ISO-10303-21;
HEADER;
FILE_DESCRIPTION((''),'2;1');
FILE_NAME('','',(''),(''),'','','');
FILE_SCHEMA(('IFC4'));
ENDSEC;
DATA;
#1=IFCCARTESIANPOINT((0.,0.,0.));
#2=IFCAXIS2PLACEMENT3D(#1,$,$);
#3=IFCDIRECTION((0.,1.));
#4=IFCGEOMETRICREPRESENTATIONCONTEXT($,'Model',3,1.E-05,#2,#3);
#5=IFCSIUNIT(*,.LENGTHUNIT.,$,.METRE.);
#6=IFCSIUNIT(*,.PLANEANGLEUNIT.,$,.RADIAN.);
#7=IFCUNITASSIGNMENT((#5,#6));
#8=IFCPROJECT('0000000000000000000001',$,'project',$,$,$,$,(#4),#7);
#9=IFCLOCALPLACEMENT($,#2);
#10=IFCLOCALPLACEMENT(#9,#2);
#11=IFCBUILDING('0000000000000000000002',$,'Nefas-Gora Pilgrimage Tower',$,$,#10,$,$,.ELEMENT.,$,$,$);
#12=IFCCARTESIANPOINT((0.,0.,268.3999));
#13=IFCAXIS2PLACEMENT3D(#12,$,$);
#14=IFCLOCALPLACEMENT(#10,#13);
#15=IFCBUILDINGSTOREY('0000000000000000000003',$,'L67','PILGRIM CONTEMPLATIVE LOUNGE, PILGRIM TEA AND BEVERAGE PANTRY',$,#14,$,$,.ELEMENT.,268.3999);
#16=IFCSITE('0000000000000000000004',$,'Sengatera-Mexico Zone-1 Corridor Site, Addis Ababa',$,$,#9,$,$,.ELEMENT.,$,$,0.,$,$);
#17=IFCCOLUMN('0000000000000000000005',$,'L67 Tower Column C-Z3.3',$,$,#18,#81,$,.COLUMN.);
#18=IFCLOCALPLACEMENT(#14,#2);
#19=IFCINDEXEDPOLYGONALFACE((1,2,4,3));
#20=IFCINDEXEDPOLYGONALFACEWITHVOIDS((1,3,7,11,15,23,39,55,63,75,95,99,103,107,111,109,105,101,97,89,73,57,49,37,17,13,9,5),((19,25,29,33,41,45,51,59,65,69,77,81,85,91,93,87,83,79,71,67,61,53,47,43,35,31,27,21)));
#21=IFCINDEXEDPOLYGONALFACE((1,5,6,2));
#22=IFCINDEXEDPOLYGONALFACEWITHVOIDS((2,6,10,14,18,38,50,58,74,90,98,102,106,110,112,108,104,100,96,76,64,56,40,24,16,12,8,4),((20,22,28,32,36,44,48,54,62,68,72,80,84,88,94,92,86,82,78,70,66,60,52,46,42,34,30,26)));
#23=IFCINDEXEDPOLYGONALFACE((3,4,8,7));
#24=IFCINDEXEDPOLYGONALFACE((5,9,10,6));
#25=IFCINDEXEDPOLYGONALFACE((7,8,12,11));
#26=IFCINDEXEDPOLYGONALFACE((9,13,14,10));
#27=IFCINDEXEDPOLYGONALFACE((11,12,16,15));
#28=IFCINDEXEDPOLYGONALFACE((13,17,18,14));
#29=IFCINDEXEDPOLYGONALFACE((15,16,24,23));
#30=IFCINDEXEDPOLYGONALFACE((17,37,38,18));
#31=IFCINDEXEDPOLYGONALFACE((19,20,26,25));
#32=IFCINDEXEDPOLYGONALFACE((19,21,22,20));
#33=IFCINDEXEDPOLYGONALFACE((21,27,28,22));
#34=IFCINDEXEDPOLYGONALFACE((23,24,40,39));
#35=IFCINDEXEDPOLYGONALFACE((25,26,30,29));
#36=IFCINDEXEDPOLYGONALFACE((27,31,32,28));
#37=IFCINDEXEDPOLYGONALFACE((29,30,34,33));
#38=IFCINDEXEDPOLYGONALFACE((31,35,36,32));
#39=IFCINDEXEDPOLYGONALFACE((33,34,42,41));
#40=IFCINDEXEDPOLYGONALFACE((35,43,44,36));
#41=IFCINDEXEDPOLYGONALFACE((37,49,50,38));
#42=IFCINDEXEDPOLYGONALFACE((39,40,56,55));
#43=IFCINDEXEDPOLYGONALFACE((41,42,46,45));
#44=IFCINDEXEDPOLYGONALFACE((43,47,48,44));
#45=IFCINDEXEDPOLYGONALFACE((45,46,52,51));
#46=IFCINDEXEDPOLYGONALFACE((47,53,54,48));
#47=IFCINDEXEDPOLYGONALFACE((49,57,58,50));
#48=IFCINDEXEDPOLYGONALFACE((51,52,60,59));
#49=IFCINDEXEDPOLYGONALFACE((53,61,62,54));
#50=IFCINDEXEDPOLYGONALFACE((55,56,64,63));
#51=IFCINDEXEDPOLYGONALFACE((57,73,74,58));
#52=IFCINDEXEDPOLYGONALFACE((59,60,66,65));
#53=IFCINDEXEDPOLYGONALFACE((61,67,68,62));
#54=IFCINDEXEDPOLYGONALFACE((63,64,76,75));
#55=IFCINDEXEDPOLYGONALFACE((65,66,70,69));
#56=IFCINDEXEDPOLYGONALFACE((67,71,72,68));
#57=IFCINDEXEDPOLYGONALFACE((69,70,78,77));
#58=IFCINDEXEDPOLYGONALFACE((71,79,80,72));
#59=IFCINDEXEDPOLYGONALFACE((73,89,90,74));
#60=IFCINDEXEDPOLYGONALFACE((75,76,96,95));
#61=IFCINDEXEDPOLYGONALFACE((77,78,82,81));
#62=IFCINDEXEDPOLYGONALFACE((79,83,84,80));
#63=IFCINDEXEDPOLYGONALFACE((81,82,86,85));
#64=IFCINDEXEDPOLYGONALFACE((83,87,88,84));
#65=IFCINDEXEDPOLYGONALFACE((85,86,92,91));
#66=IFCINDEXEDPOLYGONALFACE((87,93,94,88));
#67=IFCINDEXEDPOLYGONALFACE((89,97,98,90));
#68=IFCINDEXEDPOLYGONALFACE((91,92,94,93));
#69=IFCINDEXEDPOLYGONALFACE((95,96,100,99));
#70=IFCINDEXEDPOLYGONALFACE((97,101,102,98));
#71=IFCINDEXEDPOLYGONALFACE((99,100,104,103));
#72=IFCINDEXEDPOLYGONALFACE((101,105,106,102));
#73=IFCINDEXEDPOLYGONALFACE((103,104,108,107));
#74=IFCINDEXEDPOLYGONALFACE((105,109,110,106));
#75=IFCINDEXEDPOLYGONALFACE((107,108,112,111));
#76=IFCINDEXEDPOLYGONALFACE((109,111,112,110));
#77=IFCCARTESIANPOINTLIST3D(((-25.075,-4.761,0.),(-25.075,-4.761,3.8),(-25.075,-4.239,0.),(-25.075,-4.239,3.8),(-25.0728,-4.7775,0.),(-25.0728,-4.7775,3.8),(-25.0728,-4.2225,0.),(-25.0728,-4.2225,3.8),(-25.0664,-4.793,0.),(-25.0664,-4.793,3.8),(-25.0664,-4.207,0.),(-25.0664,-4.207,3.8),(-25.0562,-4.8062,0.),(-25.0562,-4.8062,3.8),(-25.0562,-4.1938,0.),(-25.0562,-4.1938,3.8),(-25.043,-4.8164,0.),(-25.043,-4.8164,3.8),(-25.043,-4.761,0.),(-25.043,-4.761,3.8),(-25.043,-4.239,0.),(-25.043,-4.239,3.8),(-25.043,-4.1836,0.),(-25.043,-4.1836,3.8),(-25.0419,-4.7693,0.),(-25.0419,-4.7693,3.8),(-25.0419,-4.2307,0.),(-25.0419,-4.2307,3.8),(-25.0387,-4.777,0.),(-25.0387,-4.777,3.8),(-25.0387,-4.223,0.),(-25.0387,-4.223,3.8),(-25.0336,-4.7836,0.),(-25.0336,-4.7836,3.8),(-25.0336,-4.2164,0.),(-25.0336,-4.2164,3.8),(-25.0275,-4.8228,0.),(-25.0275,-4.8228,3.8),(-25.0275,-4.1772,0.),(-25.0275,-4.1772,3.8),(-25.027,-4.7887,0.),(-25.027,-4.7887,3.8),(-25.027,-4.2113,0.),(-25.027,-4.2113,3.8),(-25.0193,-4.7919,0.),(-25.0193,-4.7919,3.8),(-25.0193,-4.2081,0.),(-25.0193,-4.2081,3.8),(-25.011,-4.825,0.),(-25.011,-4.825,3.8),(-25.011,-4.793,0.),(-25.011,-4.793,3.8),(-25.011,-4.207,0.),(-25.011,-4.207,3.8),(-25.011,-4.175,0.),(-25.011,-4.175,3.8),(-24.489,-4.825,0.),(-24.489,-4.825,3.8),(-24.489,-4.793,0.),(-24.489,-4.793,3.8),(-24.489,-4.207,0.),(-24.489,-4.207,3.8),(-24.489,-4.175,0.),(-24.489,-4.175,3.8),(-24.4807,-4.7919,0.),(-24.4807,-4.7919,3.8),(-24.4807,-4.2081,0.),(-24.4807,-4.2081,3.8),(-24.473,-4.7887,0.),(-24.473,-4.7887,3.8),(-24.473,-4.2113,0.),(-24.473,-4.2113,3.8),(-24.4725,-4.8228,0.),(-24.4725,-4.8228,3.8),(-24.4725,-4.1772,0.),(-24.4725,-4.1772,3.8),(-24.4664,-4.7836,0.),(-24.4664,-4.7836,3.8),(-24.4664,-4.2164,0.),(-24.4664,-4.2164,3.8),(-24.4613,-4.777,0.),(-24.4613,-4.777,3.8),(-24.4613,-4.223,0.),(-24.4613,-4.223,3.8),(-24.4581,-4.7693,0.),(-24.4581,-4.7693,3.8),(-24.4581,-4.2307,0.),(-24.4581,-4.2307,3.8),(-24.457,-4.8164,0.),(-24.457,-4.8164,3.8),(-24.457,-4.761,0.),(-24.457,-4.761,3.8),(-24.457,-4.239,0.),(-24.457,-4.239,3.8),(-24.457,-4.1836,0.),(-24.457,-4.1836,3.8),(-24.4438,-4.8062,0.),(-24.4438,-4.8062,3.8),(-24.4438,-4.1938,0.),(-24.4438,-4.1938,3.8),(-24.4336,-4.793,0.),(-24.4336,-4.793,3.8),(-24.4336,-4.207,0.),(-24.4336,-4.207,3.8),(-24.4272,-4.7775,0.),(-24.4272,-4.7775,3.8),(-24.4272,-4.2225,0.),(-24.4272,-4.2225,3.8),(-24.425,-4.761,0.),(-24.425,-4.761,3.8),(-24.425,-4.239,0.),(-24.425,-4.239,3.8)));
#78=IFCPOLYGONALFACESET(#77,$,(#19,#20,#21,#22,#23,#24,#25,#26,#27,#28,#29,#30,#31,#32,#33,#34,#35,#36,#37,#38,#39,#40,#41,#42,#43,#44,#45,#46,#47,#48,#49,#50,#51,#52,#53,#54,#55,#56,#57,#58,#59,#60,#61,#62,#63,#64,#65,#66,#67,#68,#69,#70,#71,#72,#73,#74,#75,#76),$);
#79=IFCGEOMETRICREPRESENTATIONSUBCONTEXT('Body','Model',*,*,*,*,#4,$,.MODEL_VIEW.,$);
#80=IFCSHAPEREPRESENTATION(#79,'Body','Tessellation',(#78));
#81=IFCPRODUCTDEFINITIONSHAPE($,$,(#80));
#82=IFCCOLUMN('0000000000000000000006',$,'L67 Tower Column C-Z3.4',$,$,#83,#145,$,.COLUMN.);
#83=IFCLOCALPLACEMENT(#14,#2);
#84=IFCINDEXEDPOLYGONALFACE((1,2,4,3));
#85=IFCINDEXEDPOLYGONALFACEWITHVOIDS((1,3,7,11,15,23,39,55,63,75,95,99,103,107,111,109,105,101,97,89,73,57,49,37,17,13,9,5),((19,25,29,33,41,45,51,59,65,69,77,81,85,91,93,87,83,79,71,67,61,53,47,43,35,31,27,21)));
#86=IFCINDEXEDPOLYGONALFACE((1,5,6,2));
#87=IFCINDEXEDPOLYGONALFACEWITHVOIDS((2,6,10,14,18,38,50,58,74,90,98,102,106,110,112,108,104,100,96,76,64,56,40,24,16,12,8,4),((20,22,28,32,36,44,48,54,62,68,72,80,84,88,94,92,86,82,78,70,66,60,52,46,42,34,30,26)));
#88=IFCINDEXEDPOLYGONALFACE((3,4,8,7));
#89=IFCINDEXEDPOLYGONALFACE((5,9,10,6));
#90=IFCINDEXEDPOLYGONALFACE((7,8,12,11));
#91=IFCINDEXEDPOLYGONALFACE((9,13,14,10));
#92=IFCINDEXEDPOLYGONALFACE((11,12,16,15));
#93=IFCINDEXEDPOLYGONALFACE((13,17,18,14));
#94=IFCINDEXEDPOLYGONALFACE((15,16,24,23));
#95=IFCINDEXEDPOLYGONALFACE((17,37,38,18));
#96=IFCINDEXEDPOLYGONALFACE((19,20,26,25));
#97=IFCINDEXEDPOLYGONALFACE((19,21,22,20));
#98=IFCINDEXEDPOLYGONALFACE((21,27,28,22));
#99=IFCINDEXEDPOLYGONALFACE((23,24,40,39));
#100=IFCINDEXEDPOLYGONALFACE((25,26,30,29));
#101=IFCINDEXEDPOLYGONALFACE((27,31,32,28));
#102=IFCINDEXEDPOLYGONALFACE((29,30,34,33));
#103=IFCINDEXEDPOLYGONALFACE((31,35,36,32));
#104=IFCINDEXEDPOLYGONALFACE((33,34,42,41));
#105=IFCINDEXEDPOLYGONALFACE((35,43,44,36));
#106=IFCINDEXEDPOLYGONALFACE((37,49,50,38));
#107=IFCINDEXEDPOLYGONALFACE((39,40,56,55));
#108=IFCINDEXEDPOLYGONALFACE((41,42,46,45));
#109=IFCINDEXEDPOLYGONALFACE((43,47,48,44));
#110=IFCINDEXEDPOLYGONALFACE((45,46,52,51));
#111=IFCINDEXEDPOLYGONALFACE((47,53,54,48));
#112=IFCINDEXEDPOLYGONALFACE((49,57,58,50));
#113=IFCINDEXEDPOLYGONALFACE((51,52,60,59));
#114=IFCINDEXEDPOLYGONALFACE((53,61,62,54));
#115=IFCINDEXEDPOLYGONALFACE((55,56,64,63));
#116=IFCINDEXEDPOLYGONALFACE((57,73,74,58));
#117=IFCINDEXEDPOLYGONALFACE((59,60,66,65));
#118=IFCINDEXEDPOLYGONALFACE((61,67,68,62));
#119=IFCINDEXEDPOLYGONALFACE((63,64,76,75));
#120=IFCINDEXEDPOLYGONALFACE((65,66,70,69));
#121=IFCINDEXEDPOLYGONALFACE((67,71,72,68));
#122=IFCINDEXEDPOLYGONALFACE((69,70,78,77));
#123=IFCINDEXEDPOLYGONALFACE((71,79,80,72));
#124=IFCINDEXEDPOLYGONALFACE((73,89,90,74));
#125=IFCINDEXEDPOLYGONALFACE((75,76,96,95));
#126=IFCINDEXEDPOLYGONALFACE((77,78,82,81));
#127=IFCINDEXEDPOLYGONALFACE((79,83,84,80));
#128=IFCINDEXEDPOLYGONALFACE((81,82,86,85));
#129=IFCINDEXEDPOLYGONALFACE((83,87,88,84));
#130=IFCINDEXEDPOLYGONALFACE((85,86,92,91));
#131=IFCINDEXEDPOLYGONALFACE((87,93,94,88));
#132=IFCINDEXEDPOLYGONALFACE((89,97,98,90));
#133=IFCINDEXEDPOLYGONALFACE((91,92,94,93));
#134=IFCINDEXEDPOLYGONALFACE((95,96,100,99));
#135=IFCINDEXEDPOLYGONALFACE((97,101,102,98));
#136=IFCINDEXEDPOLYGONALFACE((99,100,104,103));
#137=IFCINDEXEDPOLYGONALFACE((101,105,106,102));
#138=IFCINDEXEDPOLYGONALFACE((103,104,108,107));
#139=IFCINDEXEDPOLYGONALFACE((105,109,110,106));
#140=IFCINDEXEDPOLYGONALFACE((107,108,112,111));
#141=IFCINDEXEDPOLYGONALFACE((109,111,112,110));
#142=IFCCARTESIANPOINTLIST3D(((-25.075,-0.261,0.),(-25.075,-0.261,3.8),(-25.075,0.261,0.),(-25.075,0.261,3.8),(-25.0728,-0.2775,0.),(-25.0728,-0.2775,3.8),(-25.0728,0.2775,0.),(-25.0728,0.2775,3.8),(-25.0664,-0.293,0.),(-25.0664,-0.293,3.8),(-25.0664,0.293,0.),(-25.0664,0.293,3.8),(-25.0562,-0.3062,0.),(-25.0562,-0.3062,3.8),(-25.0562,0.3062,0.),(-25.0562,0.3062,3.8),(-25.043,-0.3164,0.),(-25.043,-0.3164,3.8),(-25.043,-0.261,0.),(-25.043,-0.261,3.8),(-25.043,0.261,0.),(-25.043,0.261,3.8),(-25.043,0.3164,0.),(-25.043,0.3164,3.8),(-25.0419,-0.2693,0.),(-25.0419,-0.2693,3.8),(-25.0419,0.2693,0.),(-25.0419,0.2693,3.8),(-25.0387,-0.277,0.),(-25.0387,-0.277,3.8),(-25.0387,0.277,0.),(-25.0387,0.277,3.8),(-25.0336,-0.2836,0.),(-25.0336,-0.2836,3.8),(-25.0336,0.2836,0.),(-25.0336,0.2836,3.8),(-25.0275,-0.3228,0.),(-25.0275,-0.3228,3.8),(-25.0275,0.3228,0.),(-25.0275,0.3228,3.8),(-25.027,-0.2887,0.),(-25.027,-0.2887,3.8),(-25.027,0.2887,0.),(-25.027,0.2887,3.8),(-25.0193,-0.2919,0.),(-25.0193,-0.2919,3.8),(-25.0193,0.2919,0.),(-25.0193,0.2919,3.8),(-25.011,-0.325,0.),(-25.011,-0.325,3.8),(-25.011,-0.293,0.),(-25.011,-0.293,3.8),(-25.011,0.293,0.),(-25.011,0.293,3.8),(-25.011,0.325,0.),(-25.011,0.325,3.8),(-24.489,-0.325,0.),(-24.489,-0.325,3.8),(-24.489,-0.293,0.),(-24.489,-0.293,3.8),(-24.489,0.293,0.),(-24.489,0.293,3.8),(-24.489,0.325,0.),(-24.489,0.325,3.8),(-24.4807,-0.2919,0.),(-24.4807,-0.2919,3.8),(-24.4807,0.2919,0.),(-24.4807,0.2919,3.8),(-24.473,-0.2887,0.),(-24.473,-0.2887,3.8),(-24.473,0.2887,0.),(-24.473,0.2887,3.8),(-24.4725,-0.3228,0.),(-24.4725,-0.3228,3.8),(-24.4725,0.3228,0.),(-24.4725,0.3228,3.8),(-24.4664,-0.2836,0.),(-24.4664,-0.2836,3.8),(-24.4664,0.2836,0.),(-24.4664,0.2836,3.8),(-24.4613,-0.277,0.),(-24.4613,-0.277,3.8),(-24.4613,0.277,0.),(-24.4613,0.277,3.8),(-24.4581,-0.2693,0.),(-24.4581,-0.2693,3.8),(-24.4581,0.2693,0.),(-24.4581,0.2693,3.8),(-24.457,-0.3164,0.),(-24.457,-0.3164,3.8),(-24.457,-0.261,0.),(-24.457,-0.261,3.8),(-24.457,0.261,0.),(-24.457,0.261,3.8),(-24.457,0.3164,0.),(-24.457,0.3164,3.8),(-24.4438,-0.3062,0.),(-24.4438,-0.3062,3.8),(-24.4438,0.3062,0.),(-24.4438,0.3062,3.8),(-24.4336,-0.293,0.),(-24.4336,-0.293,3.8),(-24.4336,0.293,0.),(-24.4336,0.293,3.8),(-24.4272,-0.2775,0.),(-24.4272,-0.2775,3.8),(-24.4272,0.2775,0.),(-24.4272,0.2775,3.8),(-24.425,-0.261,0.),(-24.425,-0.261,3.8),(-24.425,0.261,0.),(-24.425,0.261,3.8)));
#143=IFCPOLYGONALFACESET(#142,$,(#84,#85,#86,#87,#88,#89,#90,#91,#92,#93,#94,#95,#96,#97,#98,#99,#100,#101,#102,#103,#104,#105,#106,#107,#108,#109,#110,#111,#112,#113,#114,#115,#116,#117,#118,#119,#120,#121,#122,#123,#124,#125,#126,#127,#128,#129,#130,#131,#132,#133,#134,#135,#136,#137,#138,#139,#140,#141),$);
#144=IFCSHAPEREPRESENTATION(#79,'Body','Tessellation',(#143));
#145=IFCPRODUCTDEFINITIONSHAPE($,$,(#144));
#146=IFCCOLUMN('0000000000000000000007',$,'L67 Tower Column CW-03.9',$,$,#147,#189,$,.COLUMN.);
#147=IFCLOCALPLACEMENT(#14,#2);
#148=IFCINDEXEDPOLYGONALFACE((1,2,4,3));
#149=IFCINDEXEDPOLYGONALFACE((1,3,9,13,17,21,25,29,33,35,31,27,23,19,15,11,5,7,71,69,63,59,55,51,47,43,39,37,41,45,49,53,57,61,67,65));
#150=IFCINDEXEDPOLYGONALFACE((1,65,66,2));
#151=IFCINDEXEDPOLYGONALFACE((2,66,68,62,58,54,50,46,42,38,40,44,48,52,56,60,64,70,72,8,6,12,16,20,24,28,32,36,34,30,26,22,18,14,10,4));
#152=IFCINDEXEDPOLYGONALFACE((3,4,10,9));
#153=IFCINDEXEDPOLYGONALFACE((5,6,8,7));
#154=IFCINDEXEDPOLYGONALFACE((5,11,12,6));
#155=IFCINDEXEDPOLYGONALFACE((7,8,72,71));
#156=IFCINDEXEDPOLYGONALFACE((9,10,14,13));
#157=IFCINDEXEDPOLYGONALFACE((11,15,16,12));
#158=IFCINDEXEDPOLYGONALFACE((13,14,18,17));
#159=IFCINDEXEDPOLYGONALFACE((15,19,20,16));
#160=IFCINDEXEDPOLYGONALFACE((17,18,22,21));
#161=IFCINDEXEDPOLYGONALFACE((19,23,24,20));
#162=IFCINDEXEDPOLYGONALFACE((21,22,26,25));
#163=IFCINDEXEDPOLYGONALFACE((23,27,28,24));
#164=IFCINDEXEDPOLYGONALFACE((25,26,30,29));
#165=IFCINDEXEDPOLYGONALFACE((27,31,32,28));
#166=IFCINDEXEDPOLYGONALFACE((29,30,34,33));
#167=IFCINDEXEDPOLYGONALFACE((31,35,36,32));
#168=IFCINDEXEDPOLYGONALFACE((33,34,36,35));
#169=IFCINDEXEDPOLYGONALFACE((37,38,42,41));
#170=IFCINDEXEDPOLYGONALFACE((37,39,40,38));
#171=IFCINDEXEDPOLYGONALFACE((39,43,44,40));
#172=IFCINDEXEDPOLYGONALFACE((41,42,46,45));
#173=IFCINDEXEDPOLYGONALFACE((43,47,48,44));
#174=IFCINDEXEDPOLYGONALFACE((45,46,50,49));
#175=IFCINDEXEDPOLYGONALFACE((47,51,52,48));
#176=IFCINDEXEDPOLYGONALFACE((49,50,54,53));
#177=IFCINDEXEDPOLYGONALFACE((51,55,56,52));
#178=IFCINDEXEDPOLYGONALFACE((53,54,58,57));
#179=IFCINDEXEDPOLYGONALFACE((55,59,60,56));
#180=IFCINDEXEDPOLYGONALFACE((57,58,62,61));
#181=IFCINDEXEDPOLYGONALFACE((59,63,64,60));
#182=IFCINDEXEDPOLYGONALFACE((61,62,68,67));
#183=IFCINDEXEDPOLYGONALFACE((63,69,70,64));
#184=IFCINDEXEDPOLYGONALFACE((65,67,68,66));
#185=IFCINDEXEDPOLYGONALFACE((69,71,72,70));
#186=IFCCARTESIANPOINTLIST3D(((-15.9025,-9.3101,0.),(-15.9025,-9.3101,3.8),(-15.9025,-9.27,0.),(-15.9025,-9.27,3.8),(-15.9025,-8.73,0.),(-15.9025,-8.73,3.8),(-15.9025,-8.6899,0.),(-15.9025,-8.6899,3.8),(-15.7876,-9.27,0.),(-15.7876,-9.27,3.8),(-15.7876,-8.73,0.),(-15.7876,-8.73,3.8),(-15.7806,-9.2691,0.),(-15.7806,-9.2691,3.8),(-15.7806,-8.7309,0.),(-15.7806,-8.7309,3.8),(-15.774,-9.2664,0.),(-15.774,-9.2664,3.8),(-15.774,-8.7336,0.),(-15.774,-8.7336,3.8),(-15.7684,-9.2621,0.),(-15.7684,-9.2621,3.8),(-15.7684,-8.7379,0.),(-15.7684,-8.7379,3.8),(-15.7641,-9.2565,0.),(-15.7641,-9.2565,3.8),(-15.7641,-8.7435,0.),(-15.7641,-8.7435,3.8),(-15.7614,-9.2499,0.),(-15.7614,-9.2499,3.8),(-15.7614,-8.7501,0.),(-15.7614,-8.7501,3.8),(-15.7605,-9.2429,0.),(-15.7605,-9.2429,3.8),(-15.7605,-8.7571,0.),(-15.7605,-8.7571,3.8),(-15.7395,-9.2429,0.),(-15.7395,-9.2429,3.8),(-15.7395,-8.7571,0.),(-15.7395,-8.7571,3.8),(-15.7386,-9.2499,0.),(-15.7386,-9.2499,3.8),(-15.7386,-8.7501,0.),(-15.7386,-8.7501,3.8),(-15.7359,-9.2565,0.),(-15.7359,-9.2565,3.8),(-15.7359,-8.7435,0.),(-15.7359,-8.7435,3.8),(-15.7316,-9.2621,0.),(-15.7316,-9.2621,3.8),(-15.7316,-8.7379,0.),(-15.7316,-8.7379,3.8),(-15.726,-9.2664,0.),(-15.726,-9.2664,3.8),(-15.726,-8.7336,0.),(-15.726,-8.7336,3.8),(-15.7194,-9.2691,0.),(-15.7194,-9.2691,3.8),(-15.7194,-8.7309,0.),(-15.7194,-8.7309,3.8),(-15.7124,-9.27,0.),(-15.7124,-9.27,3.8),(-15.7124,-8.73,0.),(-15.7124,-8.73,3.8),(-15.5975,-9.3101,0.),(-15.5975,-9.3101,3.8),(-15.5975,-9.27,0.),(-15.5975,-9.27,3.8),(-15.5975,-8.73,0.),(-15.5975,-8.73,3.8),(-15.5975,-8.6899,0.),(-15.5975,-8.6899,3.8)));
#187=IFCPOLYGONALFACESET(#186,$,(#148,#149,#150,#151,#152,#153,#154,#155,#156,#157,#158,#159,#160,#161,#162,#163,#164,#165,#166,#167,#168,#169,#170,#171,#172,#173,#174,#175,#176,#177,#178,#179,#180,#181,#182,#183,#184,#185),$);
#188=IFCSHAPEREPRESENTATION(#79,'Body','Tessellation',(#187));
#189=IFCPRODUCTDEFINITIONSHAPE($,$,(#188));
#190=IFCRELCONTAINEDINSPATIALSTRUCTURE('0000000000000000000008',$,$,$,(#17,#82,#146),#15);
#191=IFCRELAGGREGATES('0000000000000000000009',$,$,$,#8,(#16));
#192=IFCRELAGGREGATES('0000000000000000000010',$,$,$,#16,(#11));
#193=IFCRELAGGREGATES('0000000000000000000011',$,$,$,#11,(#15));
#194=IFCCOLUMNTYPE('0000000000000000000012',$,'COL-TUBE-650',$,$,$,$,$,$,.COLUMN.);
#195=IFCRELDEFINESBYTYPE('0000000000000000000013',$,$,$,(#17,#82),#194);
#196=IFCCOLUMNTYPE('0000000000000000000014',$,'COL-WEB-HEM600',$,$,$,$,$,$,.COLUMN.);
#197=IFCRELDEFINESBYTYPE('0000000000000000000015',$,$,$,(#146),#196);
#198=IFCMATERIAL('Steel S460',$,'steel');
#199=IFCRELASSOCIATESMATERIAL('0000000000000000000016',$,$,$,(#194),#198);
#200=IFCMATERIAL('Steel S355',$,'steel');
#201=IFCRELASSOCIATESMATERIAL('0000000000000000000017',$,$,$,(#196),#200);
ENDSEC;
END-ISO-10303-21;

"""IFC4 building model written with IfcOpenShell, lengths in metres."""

from ifc_helpers import new_model, si_unit, direction, frame, origin, origin_2d, place, context, subcontext, project, spatial, hollow_rectangle, i_section, extrude, source, transform, mapped, material, material_profile, profile_set, type_object, element, save


model = new_model("IFC4")

# Units and contexts
model_context = context("Model", 3, precision=1e-05, world=origin(), true_north=direction((0.0, 1.0)))
body_context = subcontext(model_context, "Body", "Model", "MODEL_VIEW")
ifc_project = project(units=[si_unit("LENGTHUNIT", "METRE"), si_unit("PLANEANGLEUNIT", "RADIAN")], contexts=[model_context])

# Site, building, storey
site_placement = place(None, origin())
site = spatial("IfcSite", under=ifc_project, at=site_placement, Name="Sengatera-Mexico Zone-1 Corridor Site, Addis Ababa", CompositionType="ELEMENT", RefElevation=0.0)
building_placement = place(site_placement, origin())
building = spatial("IfcBuilding", under=site, at=building_placement, Name="Nefas-Gora Pilgrimage Tower", CompositionType="ELEMENT")
storey_placement = place(building_placement, frame((0.0, 0.0, 268.3999)))
storey = spatial("IfcBuildingStorey", under=building, at=storey_placement, Name="L67", Description="PILGRIM CONTEMPLATIVE LOUNGE, PILGRIM TEA AND BEVERAGE PANTRY", CompositionType="ELEMENT", Elevation=268.3999)

# Columns
ifc_material_1 = material(Name="Steel S460", Category="steel")
ifc_material_profile_1 = material_profile(ifc_material_1, hollow_rectangle(XDim=0.6499, YDim=0.6499, WallThickness=0.032, InnerFilletRadius=0.032, OuterFilletRadius=0.064, at=origin_2d()), Name="BOX 650x650x32")
ifc_profile_set_1 = profile_set([ifc_material_profile_1], Name="Steel S460")
column_type_1 = type_object("IfcColumnType", Name="COL-TUBE-650", PredefinedType="COLUMN", material=ifc_profile_set_1)
shared_shape_1 = source(origin(), body_context, "Body", "SweptSolid", [
    extrude(hollow_rectangle(XDim=0.6499, YDim=0.6499, WallThickness=0.032, InnerFilletRadius=0.032, OuterFilletRadius=0.064, at=origin_2d()), origin(), (0.0, 0.0, 1.0), 3.8),
])
for number, where, z_axis, x_axis, name in (
    (1, (-24.75, -4.5, 0.0), (0.0, 0.0, 1.0), (1.0, 0.0, 0.0), "L67 Tower Column C-Z3.3"),
    (2, (-24.75, 0.0, 0.0), (0.0, 0.0, 1.0), (1.0, 0.0, 0.0), "L67 Tower Column C-Z3.4"),
):
    element("IfcColumn", number, at=place(storey_placement, frame(where, z_axis=z_axis, x_axis=x_axis)), inside=storey, type_object=column_type_1, Name=name, PredefinedType="COLUMN", context=body_context, shape_type="MappedRepresentation", body=[
        mapped(shared_shape_1, transform((0.0, 0.0, 0.0), x_axis=(1.0, 0.0, 0.0), y_axis=(0.0, 1.0, 0.0), z_axis=(0.0, 0.0, 1.0), scale=1.0)),
    ])
ifc_material_2 = material(Name="Steel S355", Category="steel")
ifc_material_profile_2 = material_profile(ifc_material_2, i_section(OverallWidth=0.3049, OverallDepth=0.6201, WebThickness=0.021, FlangeThickness=0.04, FilletRadius=0.0271, at=origin_2d()), Name="HEM 600")
ifc_profile_set_2 = profile_set([ifc_material_profile_2], Name="Steel S355")
column_type_2 = type_object("IfcColumnType", Name="COL-WEB-HEM600", PredefinedType="COLUMN", material=ifc_profile_set_2)
shared_shape_2 = source(origin(), body_context, "Body", "SweptSolid", [
    extrude(i_section(OverallWidth=0.3049, OverallDepth=0.6201, WebThickness=0.021, FlangeThickness=0.04, FilletRadius=0.0271, at=origin_2d()), origin(), (0.0, 0.0, 1.0), 3.8),
])
for number, where, z_axis, x_axis, name in (
    (3, (-15.75, -9.0, 0.0), (0.0, 0.0, 1.0), (1.0, 0.0, 0.0), "L67 Tower Column CW-03.9"),
):
    element("IfcColumn", number, at=place(storey_placement, frame(where, z_axis=z_axis, x_axis=x_axis)), inside=storey, type_object=column_type_2, Name=name, PredefinedType="COLUMN", context=body_context, shape_type="MappedRepresentation", body=[
        mapped(shared_shape_2, transform((0.0, 0.0, 0.0), x_axis=(1.0, 0.0, 0.0), y_axis=(0.0, 1.0, 0.0), z_axis=(0.0, 0.0, 1.0), scale=1.0)),
    ])

save(model, "model.ifc")
